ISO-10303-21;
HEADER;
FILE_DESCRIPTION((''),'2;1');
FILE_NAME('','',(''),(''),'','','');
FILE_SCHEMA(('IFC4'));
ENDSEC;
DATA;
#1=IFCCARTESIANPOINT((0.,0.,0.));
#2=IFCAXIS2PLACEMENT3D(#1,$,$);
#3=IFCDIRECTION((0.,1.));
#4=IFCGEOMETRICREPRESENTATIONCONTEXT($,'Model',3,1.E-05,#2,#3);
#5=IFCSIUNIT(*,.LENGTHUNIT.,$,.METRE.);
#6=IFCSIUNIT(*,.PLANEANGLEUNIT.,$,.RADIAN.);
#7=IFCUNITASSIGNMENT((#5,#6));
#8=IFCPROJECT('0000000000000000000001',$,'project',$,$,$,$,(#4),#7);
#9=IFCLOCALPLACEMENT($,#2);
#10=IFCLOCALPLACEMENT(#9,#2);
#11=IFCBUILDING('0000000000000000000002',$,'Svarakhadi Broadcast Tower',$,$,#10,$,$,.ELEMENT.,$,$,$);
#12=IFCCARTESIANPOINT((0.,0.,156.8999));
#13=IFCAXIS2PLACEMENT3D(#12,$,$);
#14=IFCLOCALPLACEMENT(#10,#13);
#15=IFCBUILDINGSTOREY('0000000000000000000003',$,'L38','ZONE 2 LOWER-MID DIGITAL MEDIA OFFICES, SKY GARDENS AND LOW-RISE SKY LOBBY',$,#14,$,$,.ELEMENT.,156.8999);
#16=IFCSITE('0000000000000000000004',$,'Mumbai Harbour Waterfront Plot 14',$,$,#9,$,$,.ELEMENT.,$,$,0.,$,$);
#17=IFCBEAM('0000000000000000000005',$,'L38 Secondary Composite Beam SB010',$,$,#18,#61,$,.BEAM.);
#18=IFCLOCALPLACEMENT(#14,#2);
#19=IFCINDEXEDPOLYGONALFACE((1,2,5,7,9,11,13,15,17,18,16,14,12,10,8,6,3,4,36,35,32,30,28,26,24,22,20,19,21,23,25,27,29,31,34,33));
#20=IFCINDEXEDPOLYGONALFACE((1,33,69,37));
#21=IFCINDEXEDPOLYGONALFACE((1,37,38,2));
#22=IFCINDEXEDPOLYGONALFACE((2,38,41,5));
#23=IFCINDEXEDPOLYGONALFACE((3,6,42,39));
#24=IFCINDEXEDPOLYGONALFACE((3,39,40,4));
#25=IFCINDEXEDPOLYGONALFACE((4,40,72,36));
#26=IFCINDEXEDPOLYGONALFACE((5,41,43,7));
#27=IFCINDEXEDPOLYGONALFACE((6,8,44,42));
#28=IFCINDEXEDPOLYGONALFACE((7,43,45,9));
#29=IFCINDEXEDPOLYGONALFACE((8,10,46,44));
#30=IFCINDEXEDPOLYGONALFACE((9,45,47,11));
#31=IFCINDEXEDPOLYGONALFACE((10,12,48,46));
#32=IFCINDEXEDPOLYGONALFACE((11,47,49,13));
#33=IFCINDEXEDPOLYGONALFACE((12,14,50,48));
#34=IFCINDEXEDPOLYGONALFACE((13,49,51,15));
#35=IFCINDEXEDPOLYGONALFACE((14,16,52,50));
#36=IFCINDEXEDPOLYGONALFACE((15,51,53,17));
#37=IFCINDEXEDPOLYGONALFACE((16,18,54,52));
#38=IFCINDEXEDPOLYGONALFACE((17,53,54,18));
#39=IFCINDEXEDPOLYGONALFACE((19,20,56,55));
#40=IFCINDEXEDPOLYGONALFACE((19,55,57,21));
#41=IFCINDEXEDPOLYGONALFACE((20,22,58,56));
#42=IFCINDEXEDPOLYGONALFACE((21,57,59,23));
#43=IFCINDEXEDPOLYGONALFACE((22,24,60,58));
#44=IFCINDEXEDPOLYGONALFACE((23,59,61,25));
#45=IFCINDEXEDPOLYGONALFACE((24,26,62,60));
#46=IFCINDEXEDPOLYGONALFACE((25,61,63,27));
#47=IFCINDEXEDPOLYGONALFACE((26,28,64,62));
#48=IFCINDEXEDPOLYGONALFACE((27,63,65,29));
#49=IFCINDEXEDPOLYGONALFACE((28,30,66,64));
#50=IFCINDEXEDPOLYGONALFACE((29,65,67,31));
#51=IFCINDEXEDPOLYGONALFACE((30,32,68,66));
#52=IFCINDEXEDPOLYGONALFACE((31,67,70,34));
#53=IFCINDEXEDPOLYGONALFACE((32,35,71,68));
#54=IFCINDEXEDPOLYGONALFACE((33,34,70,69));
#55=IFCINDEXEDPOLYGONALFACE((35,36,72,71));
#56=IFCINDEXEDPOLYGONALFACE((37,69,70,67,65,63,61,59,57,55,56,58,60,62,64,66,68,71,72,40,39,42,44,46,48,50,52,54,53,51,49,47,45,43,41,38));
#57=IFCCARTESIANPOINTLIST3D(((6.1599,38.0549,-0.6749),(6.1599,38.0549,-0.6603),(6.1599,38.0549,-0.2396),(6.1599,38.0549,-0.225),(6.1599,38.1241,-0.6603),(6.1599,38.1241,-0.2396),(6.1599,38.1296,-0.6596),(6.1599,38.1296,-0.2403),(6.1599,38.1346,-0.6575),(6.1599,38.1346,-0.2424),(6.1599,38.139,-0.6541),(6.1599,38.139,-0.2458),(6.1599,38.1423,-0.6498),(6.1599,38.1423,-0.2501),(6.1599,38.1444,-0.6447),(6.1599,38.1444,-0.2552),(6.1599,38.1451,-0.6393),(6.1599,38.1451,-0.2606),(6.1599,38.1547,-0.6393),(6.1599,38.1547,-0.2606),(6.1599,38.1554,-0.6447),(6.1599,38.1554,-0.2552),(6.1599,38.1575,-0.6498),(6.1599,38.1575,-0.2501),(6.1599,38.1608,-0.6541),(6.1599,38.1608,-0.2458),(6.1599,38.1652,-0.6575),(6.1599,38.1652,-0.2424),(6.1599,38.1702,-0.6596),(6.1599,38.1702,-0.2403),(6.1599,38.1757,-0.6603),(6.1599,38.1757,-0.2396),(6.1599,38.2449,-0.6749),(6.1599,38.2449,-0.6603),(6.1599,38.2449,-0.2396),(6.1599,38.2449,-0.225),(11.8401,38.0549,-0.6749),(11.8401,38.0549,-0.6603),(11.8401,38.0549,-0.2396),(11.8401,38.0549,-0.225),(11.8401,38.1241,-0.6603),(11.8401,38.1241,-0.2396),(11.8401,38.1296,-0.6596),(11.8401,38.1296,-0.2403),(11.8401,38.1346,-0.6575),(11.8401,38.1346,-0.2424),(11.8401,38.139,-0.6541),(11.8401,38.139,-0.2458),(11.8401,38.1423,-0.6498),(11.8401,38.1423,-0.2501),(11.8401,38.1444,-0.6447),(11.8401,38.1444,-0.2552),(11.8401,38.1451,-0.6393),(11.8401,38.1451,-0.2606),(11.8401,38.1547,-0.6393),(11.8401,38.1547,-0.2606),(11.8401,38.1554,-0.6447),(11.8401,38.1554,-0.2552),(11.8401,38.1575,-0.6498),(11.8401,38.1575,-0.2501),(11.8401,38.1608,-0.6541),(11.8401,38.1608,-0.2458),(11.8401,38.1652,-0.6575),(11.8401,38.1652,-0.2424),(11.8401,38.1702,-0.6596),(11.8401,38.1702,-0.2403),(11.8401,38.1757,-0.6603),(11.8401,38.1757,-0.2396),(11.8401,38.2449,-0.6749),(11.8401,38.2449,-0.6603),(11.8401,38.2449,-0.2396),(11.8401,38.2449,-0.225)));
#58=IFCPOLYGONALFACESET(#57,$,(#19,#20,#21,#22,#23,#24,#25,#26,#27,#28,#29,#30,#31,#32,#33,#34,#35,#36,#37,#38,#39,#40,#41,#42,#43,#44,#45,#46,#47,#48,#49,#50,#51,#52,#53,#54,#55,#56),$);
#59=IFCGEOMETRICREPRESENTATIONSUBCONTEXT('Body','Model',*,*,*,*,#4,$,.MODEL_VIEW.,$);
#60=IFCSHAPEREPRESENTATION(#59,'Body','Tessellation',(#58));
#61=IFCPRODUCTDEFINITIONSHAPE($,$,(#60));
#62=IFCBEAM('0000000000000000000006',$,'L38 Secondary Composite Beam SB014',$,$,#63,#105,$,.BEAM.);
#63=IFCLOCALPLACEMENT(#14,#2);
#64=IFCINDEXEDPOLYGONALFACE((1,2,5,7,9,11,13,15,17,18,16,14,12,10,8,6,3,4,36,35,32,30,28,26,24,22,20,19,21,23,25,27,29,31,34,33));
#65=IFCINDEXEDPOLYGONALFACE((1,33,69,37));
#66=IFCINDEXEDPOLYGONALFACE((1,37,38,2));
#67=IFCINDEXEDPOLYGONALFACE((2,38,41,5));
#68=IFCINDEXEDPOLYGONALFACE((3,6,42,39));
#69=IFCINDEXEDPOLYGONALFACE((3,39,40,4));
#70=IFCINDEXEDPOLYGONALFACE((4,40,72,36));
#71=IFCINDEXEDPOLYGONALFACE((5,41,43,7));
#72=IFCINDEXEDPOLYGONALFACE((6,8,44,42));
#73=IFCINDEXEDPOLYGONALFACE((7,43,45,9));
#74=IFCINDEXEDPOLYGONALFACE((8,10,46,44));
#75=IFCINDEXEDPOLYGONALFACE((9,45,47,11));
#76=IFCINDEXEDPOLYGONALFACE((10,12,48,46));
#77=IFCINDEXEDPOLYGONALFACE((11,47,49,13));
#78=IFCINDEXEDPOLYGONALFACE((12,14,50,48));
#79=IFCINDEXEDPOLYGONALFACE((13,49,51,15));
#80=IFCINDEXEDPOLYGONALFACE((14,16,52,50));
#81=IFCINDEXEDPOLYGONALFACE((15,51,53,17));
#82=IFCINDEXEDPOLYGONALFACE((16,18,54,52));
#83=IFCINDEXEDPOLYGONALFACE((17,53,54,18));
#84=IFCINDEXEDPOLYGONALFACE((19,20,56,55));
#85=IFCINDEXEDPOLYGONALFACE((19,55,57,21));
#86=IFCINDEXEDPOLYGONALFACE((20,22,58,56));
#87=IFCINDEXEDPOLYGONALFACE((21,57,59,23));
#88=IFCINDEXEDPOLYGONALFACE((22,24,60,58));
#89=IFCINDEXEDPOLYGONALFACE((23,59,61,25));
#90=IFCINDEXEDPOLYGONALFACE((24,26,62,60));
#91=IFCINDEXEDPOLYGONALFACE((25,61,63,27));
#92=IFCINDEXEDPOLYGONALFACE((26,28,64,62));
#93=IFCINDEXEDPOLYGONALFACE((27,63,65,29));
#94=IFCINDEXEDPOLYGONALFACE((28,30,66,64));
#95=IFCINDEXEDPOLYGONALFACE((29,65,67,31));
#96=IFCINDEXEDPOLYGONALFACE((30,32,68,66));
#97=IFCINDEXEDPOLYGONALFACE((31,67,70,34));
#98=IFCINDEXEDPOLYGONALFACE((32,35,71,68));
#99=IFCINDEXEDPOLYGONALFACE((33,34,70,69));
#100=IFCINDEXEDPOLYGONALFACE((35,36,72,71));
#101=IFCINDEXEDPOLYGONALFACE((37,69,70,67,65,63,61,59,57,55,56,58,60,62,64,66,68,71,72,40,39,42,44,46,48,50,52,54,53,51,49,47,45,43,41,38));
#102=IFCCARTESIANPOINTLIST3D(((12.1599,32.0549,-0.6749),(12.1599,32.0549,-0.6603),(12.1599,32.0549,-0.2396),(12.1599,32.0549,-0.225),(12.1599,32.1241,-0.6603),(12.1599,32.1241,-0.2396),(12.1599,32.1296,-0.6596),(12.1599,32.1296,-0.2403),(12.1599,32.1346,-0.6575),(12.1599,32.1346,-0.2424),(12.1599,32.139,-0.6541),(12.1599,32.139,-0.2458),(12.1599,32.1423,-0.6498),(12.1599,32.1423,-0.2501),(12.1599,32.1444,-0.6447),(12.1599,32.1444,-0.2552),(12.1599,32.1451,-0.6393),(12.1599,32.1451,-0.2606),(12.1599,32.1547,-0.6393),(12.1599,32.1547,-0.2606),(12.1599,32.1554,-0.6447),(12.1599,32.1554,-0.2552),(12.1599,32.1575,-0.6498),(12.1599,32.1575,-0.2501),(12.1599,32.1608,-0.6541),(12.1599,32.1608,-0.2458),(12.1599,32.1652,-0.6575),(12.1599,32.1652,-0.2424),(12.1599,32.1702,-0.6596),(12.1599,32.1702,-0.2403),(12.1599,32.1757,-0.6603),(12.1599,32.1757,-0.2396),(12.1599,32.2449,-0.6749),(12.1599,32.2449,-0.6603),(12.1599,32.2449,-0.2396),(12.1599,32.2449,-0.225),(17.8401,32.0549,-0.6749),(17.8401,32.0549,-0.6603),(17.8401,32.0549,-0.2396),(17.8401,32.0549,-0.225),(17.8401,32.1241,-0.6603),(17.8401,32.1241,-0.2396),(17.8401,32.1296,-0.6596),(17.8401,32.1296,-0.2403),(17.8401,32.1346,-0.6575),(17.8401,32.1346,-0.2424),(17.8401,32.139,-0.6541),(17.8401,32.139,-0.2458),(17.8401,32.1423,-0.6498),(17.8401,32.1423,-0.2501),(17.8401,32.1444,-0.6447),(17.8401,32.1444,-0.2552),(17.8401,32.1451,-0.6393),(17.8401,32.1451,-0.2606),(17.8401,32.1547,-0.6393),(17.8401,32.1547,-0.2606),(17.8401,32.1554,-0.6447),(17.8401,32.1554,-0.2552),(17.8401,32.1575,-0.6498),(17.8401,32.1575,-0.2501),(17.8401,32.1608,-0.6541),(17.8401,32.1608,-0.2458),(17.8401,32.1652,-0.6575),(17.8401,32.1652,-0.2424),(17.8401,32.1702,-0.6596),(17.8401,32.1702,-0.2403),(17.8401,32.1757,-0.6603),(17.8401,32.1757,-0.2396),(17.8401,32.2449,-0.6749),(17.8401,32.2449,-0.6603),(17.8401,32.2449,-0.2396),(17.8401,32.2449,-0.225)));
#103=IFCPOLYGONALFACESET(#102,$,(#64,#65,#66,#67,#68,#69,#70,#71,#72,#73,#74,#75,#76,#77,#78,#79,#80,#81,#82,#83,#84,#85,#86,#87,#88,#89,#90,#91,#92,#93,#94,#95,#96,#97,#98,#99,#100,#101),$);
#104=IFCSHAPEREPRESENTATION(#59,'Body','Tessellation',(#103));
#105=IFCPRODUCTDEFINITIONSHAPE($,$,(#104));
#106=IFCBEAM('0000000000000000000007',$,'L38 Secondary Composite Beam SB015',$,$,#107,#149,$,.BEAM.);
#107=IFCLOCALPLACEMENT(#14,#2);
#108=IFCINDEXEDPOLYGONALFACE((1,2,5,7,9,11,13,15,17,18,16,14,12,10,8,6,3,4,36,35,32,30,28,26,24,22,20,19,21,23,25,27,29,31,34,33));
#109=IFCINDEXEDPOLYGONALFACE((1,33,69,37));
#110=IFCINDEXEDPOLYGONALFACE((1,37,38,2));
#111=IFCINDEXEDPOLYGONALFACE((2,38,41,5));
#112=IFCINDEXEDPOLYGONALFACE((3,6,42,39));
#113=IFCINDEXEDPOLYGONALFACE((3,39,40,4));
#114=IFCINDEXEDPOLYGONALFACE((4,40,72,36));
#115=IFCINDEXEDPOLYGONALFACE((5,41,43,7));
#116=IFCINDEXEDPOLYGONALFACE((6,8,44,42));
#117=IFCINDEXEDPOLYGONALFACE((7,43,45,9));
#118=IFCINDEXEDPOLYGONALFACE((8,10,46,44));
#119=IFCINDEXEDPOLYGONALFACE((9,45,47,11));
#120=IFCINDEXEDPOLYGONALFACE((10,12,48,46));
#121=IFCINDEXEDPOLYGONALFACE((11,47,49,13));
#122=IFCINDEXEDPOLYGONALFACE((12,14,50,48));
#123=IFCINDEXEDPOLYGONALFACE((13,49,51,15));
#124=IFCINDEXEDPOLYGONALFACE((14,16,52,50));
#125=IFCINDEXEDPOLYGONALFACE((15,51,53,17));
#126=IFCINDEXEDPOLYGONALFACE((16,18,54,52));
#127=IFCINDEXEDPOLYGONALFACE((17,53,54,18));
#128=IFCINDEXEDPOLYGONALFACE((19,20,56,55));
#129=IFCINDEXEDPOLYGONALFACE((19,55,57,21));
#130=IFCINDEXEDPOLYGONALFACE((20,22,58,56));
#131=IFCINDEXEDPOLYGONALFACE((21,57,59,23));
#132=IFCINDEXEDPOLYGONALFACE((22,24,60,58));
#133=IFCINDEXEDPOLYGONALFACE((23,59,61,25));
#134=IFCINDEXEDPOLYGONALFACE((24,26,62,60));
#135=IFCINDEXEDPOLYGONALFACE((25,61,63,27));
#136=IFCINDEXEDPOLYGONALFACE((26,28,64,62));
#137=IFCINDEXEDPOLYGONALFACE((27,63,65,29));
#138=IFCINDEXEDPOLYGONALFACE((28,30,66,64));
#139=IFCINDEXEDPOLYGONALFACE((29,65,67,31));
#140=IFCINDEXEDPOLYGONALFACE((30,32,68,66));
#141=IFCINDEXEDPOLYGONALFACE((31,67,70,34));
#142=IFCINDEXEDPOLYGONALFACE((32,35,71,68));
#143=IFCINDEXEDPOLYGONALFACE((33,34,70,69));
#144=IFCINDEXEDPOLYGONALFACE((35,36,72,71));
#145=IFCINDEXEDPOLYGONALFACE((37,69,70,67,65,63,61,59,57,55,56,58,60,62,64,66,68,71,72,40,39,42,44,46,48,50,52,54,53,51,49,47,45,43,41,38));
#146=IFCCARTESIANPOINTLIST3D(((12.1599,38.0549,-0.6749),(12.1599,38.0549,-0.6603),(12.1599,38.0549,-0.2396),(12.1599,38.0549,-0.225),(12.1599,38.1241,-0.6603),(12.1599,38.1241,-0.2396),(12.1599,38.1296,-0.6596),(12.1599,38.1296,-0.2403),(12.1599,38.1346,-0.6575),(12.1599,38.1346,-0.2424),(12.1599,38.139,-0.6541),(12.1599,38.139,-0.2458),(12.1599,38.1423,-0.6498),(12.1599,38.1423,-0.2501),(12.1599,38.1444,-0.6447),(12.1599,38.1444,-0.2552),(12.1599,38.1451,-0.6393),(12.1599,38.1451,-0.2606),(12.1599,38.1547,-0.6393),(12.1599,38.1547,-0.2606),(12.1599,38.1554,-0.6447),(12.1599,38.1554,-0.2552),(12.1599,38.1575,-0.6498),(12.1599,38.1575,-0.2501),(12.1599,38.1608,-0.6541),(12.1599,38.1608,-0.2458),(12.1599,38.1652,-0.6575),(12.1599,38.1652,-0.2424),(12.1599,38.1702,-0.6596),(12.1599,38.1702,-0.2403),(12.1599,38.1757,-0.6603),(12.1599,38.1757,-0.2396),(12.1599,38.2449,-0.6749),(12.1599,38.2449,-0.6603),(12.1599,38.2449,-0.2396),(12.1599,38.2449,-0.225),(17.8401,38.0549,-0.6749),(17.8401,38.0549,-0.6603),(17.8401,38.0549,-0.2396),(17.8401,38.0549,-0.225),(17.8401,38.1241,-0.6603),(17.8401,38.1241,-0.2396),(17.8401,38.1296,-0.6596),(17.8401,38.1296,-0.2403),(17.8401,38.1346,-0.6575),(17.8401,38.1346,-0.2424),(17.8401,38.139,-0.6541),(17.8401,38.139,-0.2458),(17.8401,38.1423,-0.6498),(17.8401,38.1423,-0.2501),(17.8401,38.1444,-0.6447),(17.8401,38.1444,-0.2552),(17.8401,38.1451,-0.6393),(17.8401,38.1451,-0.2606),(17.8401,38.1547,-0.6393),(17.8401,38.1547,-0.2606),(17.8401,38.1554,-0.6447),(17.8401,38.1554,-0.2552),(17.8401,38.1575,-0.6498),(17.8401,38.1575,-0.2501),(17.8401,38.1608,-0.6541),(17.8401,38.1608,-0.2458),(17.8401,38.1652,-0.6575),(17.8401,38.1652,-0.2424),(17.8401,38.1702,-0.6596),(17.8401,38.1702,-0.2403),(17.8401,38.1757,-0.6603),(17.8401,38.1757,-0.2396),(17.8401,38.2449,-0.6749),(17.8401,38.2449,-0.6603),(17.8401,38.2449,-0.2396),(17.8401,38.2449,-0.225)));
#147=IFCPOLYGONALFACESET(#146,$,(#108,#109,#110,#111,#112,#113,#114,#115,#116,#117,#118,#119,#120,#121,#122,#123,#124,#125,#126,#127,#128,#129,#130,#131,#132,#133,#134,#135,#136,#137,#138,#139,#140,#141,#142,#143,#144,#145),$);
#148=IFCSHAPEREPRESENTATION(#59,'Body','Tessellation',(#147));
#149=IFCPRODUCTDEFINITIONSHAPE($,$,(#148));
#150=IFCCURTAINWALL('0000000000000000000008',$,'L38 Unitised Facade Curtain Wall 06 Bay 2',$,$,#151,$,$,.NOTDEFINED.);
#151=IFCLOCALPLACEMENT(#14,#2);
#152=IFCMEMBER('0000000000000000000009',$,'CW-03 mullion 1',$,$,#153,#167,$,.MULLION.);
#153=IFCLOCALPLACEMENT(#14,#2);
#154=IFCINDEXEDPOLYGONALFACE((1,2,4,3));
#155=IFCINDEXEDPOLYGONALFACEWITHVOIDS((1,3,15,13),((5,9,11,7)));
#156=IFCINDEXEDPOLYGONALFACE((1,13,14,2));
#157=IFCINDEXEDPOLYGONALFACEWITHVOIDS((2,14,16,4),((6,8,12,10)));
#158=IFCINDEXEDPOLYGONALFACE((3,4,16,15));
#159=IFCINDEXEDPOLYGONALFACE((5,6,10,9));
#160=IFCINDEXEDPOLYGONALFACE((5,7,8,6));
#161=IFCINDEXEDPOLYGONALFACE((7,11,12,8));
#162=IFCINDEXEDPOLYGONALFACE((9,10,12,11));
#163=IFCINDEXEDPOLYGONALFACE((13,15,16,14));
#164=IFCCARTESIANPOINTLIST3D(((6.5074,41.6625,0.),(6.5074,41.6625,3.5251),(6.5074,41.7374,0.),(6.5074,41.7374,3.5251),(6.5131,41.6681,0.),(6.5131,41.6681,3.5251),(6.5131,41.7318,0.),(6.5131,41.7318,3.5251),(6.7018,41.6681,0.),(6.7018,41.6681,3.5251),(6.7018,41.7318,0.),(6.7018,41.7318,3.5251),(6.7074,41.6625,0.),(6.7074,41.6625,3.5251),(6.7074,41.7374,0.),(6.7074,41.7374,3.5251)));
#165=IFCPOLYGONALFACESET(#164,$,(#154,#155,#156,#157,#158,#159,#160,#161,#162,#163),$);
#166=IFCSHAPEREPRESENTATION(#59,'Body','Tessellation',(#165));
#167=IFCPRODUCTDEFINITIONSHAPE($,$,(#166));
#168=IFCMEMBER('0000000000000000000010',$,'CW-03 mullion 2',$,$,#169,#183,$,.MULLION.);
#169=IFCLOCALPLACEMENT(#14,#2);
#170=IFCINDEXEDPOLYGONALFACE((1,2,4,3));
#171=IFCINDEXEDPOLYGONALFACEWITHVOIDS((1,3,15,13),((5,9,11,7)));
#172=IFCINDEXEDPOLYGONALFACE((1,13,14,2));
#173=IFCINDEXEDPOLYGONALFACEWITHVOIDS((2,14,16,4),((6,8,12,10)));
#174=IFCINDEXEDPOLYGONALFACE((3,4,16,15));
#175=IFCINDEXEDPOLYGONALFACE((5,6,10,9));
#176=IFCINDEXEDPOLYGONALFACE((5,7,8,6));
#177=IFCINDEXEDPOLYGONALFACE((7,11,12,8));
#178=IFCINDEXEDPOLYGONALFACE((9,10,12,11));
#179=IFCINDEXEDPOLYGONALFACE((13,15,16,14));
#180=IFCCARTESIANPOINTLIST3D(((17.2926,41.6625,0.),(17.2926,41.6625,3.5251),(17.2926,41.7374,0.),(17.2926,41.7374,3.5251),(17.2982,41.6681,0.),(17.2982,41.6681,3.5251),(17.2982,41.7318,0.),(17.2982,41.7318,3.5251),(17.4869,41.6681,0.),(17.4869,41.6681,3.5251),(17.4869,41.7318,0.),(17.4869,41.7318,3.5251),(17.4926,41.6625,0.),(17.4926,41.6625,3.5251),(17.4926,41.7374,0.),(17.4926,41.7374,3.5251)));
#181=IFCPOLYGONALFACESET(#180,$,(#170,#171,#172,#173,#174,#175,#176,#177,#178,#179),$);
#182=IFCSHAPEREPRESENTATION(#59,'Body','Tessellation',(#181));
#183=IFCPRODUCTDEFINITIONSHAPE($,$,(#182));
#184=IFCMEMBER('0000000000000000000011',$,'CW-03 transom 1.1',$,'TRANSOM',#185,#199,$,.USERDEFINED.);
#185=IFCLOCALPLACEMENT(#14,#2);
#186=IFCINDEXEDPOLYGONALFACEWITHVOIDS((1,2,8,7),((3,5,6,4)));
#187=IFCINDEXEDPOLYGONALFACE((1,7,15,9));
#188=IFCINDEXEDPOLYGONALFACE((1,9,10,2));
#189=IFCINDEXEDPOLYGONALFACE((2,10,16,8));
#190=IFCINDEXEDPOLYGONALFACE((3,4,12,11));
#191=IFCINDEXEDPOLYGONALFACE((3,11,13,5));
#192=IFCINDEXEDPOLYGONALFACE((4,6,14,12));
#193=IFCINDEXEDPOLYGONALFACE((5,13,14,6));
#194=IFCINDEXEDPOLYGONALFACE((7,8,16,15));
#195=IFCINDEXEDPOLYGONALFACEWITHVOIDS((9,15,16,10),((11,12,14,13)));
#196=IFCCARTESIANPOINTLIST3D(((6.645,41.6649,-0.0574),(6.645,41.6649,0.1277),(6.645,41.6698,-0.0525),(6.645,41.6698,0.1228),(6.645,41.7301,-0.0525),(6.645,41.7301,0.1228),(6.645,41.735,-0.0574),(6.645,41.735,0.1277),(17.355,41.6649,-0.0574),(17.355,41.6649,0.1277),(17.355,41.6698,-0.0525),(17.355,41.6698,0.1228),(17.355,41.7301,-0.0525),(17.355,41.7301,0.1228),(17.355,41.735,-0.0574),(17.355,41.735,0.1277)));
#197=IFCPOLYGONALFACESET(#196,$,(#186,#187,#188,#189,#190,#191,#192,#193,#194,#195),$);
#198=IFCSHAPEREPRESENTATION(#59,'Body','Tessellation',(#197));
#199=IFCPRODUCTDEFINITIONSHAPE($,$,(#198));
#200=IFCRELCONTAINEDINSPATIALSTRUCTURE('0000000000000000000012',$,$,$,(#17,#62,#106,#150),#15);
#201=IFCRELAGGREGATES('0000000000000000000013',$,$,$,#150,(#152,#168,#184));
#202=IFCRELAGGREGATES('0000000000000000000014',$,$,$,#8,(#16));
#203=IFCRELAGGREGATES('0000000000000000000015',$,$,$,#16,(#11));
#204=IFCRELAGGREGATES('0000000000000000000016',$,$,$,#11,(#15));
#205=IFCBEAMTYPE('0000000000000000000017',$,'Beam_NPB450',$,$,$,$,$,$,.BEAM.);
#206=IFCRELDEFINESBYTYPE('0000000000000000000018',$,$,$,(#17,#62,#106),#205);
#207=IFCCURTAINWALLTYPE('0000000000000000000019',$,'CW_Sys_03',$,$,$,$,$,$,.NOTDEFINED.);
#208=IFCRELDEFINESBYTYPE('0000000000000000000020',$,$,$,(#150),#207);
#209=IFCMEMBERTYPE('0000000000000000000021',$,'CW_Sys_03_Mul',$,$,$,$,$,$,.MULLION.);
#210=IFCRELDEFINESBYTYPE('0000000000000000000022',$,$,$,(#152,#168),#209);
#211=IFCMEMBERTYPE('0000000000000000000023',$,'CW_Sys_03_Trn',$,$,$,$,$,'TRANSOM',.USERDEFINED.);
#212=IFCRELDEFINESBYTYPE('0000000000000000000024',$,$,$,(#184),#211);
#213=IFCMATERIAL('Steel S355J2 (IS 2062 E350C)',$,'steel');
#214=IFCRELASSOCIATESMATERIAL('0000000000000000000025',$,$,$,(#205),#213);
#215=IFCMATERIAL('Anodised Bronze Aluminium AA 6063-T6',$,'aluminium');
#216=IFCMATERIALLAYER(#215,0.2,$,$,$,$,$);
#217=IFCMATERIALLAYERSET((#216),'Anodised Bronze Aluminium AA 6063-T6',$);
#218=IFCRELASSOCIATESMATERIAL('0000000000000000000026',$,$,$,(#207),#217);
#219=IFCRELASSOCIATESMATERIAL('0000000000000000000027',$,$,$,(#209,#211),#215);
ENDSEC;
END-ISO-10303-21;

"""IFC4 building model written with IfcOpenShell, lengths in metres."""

from ifc_helpers import new_model, si_unit, direction, frame, origin, origin_2d, place, context, subcontext, project, spatial, hollow_rectangle, i_section, extrude, material, layer, layer_set, material_profile, profile_set, type_object, element, aggregate, save


model = new_model("IFC4")

# Units and contexts
model_context = context("Model", 3, precision=1e-05, world=origin(), true_north=direction((0.0, 1.0)))
body_context = subcontext(model_context, "Body", "Model", "MODEL_VIEW")
ifc_project = project(units=[si_unit("LENGTHUNIT", "METRE"), si_unit("PLANEANGLEUNIT", "RADIAN")], contexts=[model_context])

# Site, building, storey
site_placement = place(None, origin())
site = spatial("IfcSite", under=ifc_project, at=site_placement, Name="Mumbai Harbour Waterfront Plot 14", CompositionType="ELEMENT", RefElevation=0.0)
building_placement = place(site_placement, origin())
building = spatial("IfcBuilding", under=site, at=building_placement, Name="Svarakhadi Broadcast Tower", CompositionType="ELEMENT")
storey_placement = place(building_placement, frame((0.0, 0.0, 156.8999)))
storey = spatial("IfcBuildingStorey", under=building, at=storey_placement, Name="L38", Description="ZONE 2 LOWER-MID DIGITAL MEDIA OFFICES, SKY GARDENS AND LOW-RISE SKY LOBBY", CompositionType="ELEMENT", Elevation=156.8999)

# Beams
ifc_material_1 = material(Name="Steel S355J2 (IS 2062 E350C)", Category="steel")
ifc_material_profile_1 = material_profile(ifc_material_1, i_section(OverallWidth=0.1899, OverallDepth=0.45, WebThickness=0.0095, FlangeThickness=0.0146, FilletRadius=0.021, at=origin_2d()), Name="NPB 450x190x78")
ifc_profile_set_1 = profile_set([ifc_material_profile_1], Name="Steel S355J2 (IS 2062 E350C)")
beam_type_1 = type_object("IfcBeamType", Name="Beam_NPB450", PredefinedType="BEAM", material=ifc_profile_set_1)
for number, where, z_axis, x_axis, name in (
    (1, (6.1599, 38.1499, -0.45), (1.0, 0.0, 0.0), (0.0, 1.0, 0.0), "L38 Secondary Composite Beam SB010"),
    (2, (12.1599, 32.1499, -0.45), (1.0, 0.0, 0.0), (0.0, 1.0, 0.0), "L38 Secondary Composite Beam SB014"),
    (3, (12.1599, 38.1499, -0.45), (1.0, 0.0, 0.0), (0.0, 1.0, 0.0), "L38 Secondary Composite Beam SB015"),
):
    element("IfcBeam", number, at=place(storey_placement, frame(where, z_axis=z_axis, x_axis=x_axis)), inside=storey, type_object=beam_type_1, Name=name, PredefinedType="BEAM", context=body_context, shape_type="SweptSolid", body=[
        extrude(i_section(OverallWidth=0.1899, OverallDepth=0.45, WebThickness=0.0095, FlangeThickness=0.0146, FilletRadius=0.021, at=origin_2d()), origin(), (0.0, 0.0, 1.0), 5.6802),
    ])

# Curtain wall, members
ifc_material_2 = material(Name="Anodised Bronze Aluminium AA 6063-T6", Category="aluminium")
ifc_layer_1 = layer(ifc_material_2, 0.2)
ifc_layer_set_1 = layer_set([ifc_layer_1], Name="Anodised Bronze Aluminium AA 6063-T6")
curtain_wall_type = type_object("IfcCurtainWallType", Name="CW_Sys_03", PredefinedType="NOTDEFINED", material=ifc_layer_set_1)
curtain_wall_placement = place(storey_placement, origin())
curtain_wall = element("IfcCurtainWall", 4, at=curtain_wall_placement, inside=storey, type_object=curtain_wall_type, Name="L38 Unitised Facade Curtain Wall 06 Bay 2", PredefinedType="NOTDEFINED")
ifc_material_profile_2 = material_profile(ifc_material_2, hollow_rectangle(XDim=0.075, YDim=0.2, WallThickness=0.0056, at=origin_2d()), Name="ALU MULLION 200x75x6")
ifc_profile_set_2 = profile_set([ifc_material_profile_2], Name="Anodised Bronze Aluminium AA 6063-T6")
member_type_1 = type_object("IfcMemberType", Name="CW_Sys_03_Mul", PredefinedType="MULLION", material=ifc_profile_set_2)
member_1_placement = place(storey_placement, frame((6.6074, 41.7, 0.0), z_axis=(0.0, 0.0, 1.0), x_axis=(0.0, 1.0, 0.0)))
member_1 = element("IfcMember", 5, at=member_1_placement, type_object=member_type_1, Name="CW-03 mullion 1", PredefinedType="MULLION", context=body_context, shape_type="SweptSolid", body=[
    extrude(hollow_rectangle(XDim=0.075, YDim=0.2, WallThickness=0.0056, at=origin_2d()), origin(), (0.0, 0.0, 1.0), 3.5251),
])
member_2_placement = place(storey_placement, frame((17.3926, 41.7, 0.0), z_axis=(0.0, 0.0, 1.0), x_axis=(0.0, 1.0, 0.0)))
member_2 = element("IfcMember", 6, at=member_2_placement, type_object=member_type_1, Name="CW-03 mullion 2", PredefinedType="MULLION", context=body_context, shape_type="SweptSolid", body=[
    extrude(hollow_rectangle(XDim=0.075, YDim=0.2, WallThickness=0.0056, at=origin_2d()), origin(), (0.0, 0.0, 1.0), 3.5251),
])
ifc_material_profile_3 = material_profile(ifc_material_2, hollow_rectangle(XDim=0.0701, YDim=0.1851, WallThickness=0.0049, at=origin_2d()), Name="ALU TRANSOM 185x70x5")
ifc_profile_set_3 = profile_set([ifc_material_profile_3], Name="Anodised Bronze Aluminium AA 6063-T6")
member_type_2 = type_object("IfcMemberType", Name="CW_Sys_03_Trn", ElementType="TRANSOM", PredefinedType="USERDEFINED", material=ifc_profile_set_3)
member_3_placement = place(storey_placement, frame((6.645, 41.7, 0.0352), z_axis=(1.0, 0.0, 0.0), x_axis=(0.0, 1.0, 0.0)))
member_3 = element("IfcMember", 7, at=member_3_placement, type_object=member_type_2, Name="CW-03 transom 1.1", ObjectType="TRANSOM", PredefinedType="USERDEFINED", context=body_context, shape_type="SweptSolid", body=[
    extrude(hollow_rectangle(XDim=0.0701, YDim=0.1851, WallThickness=0.0049, at=origin_2d()), origin(), (0.0, 0.0, 1.0), 10.71),
])

aggregate(curtain_wall, [member_1, member_2, member_3])

save(model, "model.ifc")
